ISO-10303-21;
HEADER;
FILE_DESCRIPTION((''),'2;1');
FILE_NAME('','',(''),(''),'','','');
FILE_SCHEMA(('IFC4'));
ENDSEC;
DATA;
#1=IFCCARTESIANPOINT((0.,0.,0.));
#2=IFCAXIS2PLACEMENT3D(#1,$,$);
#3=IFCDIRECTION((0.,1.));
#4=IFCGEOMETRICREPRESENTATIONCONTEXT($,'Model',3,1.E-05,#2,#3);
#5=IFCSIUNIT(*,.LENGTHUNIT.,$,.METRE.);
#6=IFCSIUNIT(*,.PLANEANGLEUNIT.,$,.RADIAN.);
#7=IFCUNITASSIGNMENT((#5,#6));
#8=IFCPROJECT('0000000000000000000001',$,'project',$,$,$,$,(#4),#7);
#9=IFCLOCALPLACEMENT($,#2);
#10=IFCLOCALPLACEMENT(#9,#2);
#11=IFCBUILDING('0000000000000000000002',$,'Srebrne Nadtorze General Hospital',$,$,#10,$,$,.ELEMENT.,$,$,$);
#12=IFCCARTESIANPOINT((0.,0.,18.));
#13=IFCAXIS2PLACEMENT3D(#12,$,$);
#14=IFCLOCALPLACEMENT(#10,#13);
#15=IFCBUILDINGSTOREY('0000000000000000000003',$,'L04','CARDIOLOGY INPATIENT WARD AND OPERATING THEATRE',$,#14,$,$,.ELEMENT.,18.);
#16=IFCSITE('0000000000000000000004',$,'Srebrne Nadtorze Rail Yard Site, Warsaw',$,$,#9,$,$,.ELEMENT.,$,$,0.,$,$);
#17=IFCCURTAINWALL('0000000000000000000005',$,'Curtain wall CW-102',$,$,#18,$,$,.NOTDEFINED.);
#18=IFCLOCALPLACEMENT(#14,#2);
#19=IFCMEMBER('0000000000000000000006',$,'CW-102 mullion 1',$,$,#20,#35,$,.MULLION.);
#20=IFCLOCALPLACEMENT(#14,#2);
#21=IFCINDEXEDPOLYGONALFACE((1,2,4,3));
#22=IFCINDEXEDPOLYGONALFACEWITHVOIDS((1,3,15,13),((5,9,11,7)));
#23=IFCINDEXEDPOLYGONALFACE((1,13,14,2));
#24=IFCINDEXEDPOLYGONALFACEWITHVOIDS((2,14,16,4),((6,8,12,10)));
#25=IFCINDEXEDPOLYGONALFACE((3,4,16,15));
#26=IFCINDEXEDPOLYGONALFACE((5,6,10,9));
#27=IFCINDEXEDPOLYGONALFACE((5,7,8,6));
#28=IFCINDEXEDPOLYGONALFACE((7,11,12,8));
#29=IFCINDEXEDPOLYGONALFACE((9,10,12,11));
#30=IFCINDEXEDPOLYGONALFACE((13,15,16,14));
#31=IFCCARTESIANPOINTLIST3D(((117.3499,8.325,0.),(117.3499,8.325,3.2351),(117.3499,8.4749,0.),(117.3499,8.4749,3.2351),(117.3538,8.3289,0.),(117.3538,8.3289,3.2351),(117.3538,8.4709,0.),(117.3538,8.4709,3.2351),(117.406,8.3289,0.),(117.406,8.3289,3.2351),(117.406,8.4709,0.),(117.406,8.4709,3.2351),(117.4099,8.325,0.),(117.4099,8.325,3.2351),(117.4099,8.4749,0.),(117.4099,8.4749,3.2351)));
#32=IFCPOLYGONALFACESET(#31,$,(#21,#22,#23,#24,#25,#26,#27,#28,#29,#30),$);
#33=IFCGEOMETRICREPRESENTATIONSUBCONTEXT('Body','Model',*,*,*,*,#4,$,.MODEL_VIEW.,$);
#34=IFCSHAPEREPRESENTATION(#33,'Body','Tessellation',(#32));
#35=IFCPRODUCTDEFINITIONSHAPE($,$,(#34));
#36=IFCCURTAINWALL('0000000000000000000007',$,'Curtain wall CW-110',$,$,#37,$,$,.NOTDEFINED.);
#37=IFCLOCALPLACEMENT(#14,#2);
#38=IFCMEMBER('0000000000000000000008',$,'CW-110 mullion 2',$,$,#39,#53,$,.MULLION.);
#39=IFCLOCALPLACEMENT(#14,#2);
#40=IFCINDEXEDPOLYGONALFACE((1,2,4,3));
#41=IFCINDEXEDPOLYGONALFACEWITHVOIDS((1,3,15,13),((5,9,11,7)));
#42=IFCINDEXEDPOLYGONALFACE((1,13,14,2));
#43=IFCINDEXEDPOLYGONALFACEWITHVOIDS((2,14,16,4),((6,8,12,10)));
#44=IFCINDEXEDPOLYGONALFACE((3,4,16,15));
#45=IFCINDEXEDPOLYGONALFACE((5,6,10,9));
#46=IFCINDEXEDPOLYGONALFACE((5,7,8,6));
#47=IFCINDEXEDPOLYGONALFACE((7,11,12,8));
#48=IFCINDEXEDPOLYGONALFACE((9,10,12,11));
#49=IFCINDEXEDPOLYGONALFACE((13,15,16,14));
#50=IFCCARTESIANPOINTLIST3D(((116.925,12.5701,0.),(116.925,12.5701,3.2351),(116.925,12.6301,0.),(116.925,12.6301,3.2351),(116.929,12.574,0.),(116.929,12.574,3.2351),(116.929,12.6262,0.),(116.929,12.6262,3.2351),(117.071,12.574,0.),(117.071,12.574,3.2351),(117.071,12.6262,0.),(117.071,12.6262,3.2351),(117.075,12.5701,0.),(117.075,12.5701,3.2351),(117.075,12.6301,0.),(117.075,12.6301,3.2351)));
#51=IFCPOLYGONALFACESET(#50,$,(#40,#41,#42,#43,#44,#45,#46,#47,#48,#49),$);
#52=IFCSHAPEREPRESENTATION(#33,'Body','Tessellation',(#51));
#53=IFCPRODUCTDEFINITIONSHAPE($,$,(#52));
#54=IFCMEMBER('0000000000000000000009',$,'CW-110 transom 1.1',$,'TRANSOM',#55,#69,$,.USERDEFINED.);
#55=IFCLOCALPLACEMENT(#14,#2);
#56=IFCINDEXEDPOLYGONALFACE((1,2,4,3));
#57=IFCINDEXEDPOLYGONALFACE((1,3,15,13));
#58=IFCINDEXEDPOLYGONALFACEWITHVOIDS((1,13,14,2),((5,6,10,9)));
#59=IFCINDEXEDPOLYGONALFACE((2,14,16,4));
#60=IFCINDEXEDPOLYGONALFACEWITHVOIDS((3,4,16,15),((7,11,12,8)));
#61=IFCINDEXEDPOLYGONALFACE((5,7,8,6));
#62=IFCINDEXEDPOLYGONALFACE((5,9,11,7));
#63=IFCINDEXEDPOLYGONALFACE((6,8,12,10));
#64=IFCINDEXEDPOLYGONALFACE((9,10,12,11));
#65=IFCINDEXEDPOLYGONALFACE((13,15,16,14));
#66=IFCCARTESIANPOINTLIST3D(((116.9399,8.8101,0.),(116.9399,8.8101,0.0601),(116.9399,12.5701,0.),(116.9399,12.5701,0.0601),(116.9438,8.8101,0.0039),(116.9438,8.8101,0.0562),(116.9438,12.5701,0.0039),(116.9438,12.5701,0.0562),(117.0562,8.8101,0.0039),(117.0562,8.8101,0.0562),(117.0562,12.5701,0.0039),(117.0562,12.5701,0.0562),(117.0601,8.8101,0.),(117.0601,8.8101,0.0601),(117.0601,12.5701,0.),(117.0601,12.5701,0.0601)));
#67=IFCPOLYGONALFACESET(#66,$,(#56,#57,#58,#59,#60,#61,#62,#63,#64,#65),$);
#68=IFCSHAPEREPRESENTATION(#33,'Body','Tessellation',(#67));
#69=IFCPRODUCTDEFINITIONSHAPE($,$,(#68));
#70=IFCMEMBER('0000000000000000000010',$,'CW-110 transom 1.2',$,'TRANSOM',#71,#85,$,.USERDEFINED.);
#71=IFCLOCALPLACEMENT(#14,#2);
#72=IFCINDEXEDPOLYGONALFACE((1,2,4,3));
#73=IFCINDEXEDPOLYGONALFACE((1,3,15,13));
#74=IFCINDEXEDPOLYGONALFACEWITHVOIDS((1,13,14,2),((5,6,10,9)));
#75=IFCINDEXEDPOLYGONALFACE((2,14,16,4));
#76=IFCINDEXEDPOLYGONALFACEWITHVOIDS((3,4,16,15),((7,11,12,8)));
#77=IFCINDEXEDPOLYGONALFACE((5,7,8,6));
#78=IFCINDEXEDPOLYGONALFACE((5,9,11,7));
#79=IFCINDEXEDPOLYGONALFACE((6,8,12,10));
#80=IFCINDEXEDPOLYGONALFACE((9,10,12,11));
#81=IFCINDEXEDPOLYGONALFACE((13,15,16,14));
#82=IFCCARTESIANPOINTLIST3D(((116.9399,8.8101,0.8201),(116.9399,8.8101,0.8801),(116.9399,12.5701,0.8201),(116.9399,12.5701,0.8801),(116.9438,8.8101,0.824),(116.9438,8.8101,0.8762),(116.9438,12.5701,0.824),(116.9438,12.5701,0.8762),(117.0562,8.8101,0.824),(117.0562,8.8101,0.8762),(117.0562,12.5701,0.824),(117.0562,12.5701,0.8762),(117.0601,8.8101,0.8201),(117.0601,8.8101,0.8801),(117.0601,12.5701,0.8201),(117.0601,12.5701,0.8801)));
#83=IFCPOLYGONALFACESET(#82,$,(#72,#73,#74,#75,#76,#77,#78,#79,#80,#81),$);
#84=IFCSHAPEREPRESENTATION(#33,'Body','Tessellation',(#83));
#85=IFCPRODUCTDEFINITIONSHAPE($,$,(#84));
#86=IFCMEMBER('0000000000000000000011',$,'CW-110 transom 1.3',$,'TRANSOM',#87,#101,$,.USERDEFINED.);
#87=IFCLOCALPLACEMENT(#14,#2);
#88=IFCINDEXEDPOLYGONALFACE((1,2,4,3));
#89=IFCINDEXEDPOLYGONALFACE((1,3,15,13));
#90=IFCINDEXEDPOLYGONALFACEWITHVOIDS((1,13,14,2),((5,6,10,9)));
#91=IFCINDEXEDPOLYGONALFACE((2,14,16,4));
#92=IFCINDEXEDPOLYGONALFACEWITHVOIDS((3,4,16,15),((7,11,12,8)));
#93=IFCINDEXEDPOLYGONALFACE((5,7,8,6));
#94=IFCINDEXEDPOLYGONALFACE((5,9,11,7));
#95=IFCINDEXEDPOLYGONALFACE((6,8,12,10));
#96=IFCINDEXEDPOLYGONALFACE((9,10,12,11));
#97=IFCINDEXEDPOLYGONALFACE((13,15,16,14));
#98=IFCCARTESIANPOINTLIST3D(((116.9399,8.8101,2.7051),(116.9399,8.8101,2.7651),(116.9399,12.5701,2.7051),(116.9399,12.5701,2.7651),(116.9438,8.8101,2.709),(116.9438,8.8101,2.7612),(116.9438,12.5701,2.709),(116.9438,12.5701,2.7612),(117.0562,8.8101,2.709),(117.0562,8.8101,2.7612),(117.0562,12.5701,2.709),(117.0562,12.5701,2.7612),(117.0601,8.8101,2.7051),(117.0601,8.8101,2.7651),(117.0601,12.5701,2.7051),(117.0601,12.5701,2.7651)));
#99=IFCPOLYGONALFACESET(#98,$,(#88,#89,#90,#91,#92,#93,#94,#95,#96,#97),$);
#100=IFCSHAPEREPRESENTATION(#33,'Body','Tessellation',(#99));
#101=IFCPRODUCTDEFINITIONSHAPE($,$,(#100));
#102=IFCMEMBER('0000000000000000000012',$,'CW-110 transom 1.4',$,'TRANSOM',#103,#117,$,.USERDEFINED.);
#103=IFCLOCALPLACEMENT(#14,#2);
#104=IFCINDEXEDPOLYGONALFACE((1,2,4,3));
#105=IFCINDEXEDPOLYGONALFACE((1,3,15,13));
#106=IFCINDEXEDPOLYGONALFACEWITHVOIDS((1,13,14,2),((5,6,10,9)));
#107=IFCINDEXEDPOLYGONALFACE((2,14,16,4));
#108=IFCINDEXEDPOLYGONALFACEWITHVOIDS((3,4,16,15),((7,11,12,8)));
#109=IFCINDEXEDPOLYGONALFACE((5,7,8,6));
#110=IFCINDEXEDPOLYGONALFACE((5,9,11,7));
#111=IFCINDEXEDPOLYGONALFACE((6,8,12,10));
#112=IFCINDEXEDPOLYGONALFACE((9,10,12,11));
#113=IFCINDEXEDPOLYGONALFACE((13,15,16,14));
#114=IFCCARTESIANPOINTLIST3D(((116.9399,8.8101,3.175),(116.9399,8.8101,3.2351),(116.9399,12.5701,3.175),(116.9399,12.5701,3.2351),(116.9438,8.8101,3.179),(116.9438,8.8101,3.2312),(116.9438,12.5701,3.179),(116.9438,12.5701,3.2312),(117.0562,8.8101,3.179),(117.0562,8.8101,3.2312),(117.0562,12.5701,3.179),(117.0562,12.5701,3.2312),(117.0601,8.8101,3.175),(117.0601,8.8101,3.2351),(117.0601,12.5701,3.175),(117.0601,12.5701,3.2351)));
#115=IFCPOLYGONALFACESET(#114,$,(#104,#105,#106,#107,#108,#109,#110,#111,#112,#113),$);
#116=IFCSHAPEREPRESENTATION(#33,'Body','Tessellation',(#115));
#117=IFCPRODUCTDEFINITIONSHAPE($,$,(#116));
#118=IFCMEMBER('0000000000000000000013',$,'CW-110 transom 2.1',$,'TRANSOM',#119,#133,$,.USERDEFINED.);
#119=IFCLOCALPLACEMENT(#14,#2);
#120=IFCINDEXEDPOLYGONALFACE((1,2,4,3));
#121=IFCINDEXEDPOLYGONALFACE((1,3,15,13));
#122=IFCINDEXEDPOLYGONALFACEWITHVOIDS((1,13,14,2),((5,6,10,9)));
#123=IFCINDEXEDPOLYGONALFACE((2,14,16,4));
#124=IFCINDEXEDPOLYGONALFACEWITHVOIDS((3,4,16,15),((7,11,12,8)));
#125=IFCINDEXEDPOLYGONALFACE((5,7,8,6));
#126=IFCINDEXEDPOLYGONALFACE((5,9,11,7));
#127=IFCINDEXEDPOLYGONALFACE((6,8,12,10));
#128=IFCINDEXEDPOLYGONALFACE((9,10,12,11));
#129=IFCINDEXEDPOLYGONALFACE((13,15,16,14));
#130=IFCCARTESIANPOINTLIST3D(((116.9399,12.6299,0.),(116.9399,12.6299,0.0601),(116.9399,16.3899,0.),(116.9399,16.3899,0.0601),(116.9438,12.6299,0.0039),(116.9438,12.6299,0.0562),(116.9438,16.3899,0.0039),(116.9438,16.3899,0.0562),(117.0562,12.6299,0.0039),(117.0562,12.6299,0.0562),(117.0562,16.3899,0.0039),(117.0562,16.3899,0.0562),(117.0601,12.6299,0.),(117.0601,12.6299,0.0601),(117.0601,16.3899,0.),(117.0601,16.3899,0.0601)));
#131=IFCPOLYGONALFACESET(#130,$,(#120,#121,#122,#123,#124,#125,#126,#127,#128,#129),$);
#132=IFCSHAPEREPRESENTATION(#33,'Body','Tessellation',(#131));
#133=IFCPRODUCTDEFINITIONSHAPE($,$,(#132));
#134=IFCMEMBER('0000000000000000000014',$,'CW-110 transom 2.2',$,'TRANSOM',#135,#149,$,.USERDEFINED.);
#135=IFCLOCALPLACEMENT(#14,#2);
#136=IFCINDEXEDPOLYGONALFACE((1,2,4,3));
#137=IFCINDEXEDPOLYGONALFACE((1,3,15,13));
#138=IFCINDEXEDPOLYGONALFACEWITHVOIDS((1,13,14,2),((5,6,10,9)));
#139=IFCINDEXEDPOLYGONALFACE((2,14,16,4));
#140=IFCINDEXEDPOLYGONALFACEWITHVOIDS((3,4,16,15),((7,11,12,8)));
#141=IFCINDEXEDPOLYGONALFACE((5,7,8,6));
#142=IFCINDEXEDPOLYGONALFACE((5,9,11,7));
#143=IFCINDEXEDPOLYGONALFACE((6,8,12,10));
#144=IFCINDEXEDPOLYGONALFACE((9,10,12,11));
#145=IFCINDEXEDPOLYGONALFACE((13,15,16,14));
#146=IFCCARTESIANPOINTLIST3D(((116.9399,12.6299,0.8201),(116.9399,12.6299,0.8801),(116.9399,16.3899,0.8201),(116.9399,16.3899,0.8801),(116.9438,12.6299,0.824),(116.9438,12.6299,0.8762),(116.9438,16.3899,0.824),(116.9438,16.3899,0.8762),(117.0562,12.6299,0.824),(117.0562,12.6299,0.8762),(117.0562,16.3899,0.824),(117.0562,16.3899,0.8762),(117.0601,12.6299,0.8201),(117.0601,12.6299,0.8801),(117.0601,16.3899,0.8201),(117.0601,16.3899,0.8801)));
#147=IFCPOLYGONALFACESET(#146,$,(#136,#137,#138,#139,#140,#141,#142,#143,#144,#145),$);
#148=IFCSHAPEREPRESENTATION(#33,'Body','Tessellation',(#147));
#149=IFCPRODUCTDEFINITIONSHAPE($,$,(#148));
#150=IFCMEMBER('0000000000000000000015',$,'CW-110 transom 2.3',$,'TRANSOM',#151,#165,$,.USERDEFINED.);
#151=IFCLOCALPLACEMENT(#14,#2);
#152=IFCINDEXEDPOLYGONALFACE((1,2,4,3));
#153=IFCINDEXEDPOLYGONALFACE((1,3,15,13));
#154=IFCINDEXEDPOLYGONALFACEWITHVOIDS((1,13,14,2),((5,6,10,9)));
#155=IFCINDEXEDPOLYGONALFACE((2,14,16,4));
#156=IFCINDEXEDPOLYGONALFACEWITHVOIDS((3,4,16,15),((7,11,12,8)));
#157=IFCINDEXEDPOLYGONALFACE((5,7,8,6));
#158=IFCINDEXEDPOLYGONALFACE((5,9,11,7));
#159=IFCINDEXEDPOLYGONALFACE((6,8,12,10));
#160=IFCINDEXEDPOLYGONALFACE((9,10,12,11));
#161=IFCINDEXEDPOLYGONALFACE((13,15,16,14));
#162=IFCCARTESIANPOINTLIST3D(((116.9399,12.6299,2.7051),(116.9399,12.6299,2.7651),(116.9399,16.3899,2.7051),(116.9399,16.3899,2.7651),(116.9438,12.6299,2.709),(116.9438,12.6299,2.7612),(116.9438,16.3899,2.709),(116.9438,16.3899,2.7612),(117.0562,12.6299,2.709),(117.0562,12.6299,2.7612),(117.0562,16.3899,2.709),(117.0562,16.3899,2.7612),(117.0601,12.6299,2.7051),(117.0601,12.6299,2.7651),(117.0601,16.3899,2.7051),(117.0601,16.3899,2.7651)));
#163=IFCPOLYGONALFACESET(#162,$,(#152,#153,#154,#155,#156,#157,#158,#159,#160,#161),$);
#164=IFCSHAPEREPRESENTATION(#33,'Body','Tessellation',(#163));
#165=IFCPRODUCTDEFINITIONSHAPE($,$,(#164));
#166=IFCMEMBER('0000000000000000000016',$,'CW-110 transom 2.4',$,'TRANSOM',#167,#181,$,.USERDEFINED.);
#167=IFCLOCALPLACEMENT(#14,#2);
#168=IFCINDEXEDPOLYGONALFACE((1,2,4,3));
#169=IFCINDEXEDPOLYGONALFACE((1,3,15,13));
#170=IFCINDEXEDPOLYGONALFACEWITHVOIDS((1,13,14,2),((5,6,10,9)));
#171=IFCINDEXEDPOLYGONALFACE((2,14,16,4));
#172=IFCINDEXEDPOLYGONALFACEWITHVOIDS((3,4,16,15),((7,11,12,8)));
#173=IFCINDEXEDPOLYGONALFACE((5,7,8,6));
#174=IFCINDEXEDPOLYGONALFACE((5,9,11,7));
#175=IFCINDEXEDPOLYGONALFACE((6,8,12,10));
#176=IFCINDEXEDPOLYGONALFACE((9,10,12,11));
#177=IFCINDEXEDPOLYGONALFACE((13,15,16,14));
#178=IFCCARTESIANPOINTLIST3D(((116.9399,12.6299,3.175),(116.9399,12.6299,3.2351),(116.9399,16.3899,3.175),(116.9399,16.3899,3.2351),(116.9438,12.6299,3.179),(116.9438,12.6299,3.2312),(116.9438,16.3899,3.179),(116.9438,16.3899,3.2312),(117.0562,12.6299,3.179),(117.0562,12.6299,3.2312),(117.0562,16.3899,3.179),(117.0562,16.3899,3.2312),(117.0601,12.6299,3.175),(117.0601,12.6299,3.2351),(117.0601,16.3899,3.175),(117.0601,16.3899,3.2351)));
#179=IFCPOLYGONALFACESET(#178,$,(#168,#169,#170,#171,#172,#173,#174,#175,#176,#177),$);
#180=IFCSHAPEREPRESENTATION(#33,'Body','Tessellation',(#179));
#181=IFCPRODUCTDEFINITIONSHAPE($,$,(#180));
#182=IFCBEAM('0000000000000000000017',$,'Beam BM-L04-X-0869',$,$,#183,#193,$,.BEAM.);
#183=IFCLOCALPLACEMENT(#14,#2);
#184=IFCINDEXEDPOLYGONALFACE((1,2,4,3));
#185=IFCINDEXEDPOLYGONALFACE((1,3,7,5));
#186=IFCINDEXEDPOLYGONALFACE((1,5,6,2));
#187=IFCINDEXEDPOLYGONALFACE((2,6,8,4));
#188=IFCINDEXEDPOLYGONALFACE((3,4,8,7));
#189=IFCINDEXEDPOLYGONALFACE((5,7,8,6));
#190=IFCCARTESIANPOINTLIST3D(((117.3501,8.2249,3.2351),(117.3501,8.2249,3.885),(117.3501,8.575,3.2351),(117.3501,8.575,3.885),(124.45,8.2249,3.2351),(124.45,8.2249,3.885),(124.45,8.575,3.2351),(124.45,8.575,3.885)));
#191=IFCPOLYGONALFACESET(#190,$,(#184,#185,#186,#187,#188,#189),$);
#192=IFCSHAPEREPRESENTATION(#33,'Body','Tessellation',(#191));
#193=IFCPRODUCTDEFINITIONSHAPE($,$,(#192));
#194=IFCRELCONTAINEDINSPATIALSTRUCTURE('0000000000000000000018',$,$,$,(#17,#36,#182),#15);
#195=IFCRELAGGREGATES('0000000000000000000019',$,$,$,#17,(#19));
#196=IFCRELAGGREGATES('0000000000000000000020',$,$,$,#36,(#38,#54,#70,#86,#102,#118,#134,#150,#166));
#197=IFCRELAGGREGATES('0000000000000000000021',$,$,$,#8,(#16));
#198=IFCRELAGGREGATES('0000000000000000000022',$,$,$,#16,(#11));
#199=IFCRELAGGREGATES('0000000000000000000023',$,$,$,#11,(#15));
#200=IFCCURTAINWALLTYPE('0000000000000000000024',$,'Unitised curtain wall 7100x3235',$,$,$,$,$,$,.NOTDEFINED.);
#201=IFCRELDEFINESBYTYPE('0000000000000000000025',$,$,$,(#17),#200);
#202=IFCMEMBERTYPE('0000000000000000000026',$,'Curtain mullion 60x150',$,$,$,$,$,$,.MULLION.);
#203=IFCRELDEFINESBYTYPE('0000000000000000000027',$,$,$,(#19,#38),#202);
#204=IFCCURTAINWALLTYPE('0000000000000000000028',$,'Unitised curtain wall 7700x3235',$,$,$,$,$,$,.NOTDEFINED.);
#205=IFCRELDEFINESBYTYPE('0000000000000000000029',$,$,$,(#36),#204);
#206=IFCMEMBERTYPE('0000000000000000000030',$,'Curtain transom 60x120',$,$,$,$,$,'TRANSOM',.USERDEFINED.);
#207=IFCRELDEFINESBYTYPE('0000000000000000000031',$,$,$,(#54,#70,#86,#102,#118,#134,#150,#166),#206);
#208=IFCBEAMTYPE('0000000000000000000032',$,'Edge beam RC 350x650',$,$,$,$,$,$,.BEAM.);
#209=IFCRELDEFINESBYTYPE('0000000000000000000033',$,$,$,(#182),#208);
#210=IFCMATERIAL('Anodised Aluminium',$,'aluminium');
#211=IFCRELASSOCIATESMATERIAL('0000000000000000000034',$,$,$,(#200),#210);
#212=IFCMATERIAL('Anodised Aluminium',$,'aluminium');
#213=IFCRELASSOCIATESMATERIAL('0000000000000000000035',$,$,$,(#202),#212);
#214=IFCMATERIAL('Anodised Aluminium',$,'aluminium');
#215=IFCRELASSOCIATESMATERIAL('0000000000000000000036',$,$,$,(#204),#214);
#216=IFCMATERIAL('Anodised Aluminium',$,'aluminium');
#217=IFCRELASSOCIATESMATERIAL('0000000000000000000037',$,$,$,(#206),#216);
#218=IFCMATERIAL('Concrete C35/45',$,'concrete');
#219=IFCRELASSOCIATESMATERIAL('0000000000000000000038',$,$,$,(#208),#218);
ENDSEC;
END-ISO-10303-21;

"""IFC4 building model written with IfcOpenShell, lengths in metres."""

from ifc_helpers import new_model, si_unit, direction, frame, origin, origin_2d, place, context, subcontext, project, spatial, rectangle, hollow_rectangle, extrude, material, material_profile, profile_set, type_object, element, aggregate, save


model = new_model("IFC4")

# Units and contexts
model_context = context("Model", 3, precision=1e-05, world=origin(), true_north=direction((0.0, 1.0)))
body_context = subcontext(model_context, "Body", "Model", "MODEL_VIEW")
ifc_project = project(units=[si_unit("LENGTHUNIT", "METRE"), si_unit("PLANEANGLEUNIT", "RADIAN")], contexts=[model_context])

# Site, building, storey
site_placement = place(None, origin())
site = spatial("IfcSite", under=ifc_project, at=site_placement, Name="Srebrne Nadtorze Rail Yard Site, Warsaw", CompositionType="ELEMENT", RefElevation=0.0)
building_placement = place(site_placement, origin())
building = spatial("IfcBuilding", under=site, at=building_placement, Name="Srebrne Nadtorze General Hospital", CompositionType="ELEMENT")
storey_placement = place(building_placement, frame((0.0, 0.0, 18.0)))
storey = spatial("IfcBuildingStorey", under=building, at=storey_placement, Name="L04", Description="CARDIOLOGY INPATIENT WARD AND OPERATING THEATRE", CompositionType="ELEMENT", Elevation=18.0)

# Curtain wall, member
ifc_material_1 = material(Name="Anodised Aluminium", Category="aluminium")
curtain_wall_type_1 = type_object("IfcCurtainWallType", Name="Unitised curtain wall 7100x3235", PredefinedType="NOTDEFINED", material=ifc_material_1)
curtain_wall_1_placement = place(storey_placement, origin())
curtain_wall_1 = element("IfcCurtainWall", 1, at=curtain_wall_1_placement, inside=storey, type_object=curtain_wall_type_1, Name="Curtain wall CW-102", PredefinedType="NOTDEFINED")
ifc_material_2 = material(Name="Anodised Aluminium", Category="aluminium")
ifc_material_profile_1 = material_profile(ifc_material_2, hollow_rectangle(XDim=0.0601, YDim=0.1499, WallThickness=0.0039, at=origin_2d()), Name="AL-MUL-60x150")
ifc_profile_set_1 = profile_set([ifc_material_profile_1], Name="Anodised Aluminium")
member_type_1 = type_object("IfcMemberType", Name="Curtain mullion 60x150", PredefinedType="MULLION", material=ifc_profile_set_1)
member_1_placement = place(storey_placement, frame((117.3799, 8.3999, 0.0), z_axis=(0.0, 0.0, 1.0), x_axis=(1.0, 0.0, 0.0)))
member_1 = element("IfcMember", 2, at=member_1_placement, type_object=member_type_1, Name="CW-102 mullion 1", PredefinedType="MULLION", context=body_context, shape_type="SweptSolid", body=[
    extrude(hollow_rectangle(XDim=0.0601, YDim=0.1499, WallThickness=0.0039, at=origin_2d()), origin(), (0.0, 0.0, 1.0), 3.2351),
])
aggregate(curtain_wall_1, [member_1])

# Curtain wall, members
ifc_material_3 = material(Name="Anodised Aluminium", Category="aluminium")
curtain_wall_type_2 = type_object("IfcCurtainWallType", Name="Unitised curtain wall 7700x3235", PredefinedType="NOTDEFINED", material=ifc_material_3)
curtain_wall_2_placement = place(storey_placement, origin())
curtain_wall_2 = element("IfcCurtainWall", 3, at=curtain_wall_2_placement, inside=storey, type_object=curtain_wall_type_2, Name="Curtain wall CW-110", PredefinedType="NOTDEFINED")
member_2_placement = place(storey_placement, frame((117.0, 12.6001, 0.0), z_axis=(0.0, 0.0, 1.0), x_axis=(0.0, 1.0, 0.0)))
member_2 = element("IfcMember", 4, at=member_2_placement, type_object=member_type_1, Name="CW-110 mullion 2", PredefinedType="MULLION", context=body_context, shape_type="SweptSolid", body=[
    extrude(hollow_rectangle(XDim=0.0601, YDim=0.1499, WallThickness=0.0039, at=origin_2d()), origin(), (0.0, 0.0, 1.0), 3.2351),
])
ifc_material_4 = material(Name="Anodised Aluminium", Category="aluminium")
ifc_material_profile_2 = material_profile(ifc_material_4, hollow_rectangle(XDim=0.0601, YDim=0.1201, WallThickness=0.0039, at=origin_2d()), Name="AL-TRN-60x120")
ifc_profile_set_2 = profile_set([ifc_material_profile_2], Name="Anodised Aluminium")
member_type_2 = type_object("IfcMemberType", Name="Curtain transom 60x120", ElementType="TRANSOM", PredefinedType="USERDEFINED", material=ifc_profile_set_2)
member_3_placement = place(storey_placement, frame((117.0, 8.8101, 0.03), z_axis=(0.0, 1.0, 0.0), x_axis=(0.0, 0.0, 1.0)))
member_3 = element("IfcMember", 5, at=member_3_placement, type_object=member_type_2, Name="CW-110 transom 1.1", ObjectType="TRANSOM", PredefinedType="USERDEFINED", context=body_context, shape_type="SweptSolid", body=[
    extrude(hollow_rectangle(XDim=0.0601, YDim=0.1201, WallThickness=0.0039, at=origin_2d()), origin(), (0.0, 0.0, 1.0), 3.76),
])
member_4_placement = place(storey_placement, frame((117.0, 8.8101, 0.8501), z_axis=(0.0, 1.0, 0.0), x_axis=(0.0, 0.0, 1.0)))
member_4 = element("IfcMember", 6, at=member_4_placement, type_object=member_type_2, Name="CW-110 transom 1.2", ObjectType="TRANSOM", PredefinedType="USERDEFINED", context=body_context, shape_type="SweptSolid", body=[
    extrude(hollow_rectangle(XDim=0.0601, YDim=0.1201, WallThickness=0.0039, at=origin_2d()), origin(), (0.0, 0.0, 1.0), 3.76),
])
member_5_placement = place(storey_placement, frame((117.0, 8.8101, 2.7351), z_axis=(0.0, 1.0, 0.0), x_axis=(0.0, 0.0, 1.0)))
member_5 = element("IfcMember", 7, at=member_5_placement, type_object=member_type_2, Name="CW-110 transom 1.3", ObjectType="TRANSOM", PredefinedType="USERDEFINED", context=body_context, shape_type="SweptSolid", body=[
    extrude(hollow_rectangle(XDim=0.0601, YDim=0.1201, WallThickness=0.0039, at=origin_2d()), origin(), (0.0, 0.0, 1.0), 3.76),
])
member_6_placement = place(storey_placement, frame((117.0, 8.8101, 3.2051), z_axis=(0.0, 1.0, 0.0), x_axis=(0.0, 0.0, 1.0)))
member_6 = element("IfcMember", 8, at=member_6_placement, type_object=member_type_2, Name="CW-110 transom 1.4", ObjectType="TRANSOM", PredefinedType="USERDEFINED", context=body_context, shape_type="SweptSolid", body=[
    extrude(hollow_rectangle(XDim=0.0601, YDim=0.1201, WallThickness=0.0039, at=origin_2d()), origin(), (0.0, 0.0, 1.0), 3.76),
])
member_7_placement = place(storey_placement, frame((117.0, 12.6299, 0.03), z_axis=(0.0, 1.0, 0.0), x_axis=(0.0, 0.0, 1.0)))
member_7 = element("IfcMember", 9, at=member_7_placement, type_object=member_type_2, Name="CW-110 transom 2.1", ObjectType="TRANSOM", PredefinedType="USERDEFINED", context=body_context, shape_type="SweptSolid", body=[
    extrude(hollow_rectangle(XDim=0.0601, YDim=0.1201, WallThickness=0.0039, at=origin_2d()), origin(), (0.0, 0.0, 1.0), 3.76),
])
member_8_placement = place(storey_placement, frame((117.0, 12.6299, 0.8501), z_axis=(0.0, 1.0, 0.0), x_axis=(0.0, 0.0, 1.0)))
member_8 = element("IfcMember", 10, at=member_8_placement, type_object=member_type_2, Name="CW-110 transom 2.2", ObjectType="TRANSOM", PredefinedType="USERDEFINED", context=body_context, shape_type="SweptSolid", body=[
    extrude(hollow_rectangle(XDim=0.0601, YDim=0.1201, WallThickness=0.0039, at=origin_2d()), origin(), (0.0, 0.0, 1.0), 3.76),
])
member_9_placement = place(storey_placement, frame((117.0, 12.6299, 2.7351), z_axis=(0.0, 1.0, 0.0), x_axis=(0.0, 0.0, 1.0)))
member_9 = element("IfcMember", 11, at=member_9_placement, type_object=member_type_2, Name="CW-110 transom 2.3", ObjectType="TRANSOM", PredefinedType="USERDEFINED", context=body_context, shape_type="SweptSolid", body=[
    extrude(hollow_rectangle(XDim=0.0601, YDim=0.1201, WallThickness=0.0039, at=origin_2d()), origin(), (0.0, 0.0, 1.0), 3.76),
])
member_10_placement = place(storey_placement, frame((117.0, 12.6299, 3.2051), z_axis=(0.0, 1.0, 0.0), x_axis=(0.0, 0.0, 1.0)))
member_10 = element("IfcMember", 12, at=member_10_placement, type_object=member_type_2, Name="CW-110 transom 2.4", ObjectType="TRANSOM", PredefinedType="USERDEFINED", context=body_context, shape_type="SweptSolid", body=[
    extrude(hollow_rectangle(XDim=0.0601, YDim=0.1201, WallThickness=0.0039, at=origin_2d()), origin(), (0.0, 0.0, 1.0), 3.76),
])

# Beam
ifc_material_5 = material(Name="Concrete C35/45", Category="concrete")
ifc_material_profile_3 = material_profile(ifc_material_5, rectangle(XDim=0.3501, YDim=0.6499, at=origin_2d()), Name="RC-BM-350x650")
ifc_profile_set_3 = profile_set([ifc_material_profile_3], Name="Concrete C35/45")
beam_type_1 = type_object("IfcBeamType", Name="Edge beam RC 350x650", PredefinedType="BEAM", material=ifc_profile_set_3)
beam_1_placement = place(storey_placement, frame((117.3501, 8.3999, 3.5601), z_axis=(1.0, 0.0, 0.0), x_axis=(0.0, 1.0, 0.0)))
element("IfcBeam", 13, at=beam_1_placement, inside=storey, type_object=beam_type_1, Name="Beam BM-L04-X-0869", PredefinedType="BEAM", context=body_context, shape_type="SweptSolid", body=[
    extrude(rectangle(XDim=0.3501, YDim=0.6499, at=origin_2d()), origin(), (0.0, 0.0, 1.0), 7.0999),
])

aggregate(curtain_wall_2, [member_2, member_3, member_4, member_5, member_6, member_7, member_8, member_9, member_10])

save(model, "model.ifc")
